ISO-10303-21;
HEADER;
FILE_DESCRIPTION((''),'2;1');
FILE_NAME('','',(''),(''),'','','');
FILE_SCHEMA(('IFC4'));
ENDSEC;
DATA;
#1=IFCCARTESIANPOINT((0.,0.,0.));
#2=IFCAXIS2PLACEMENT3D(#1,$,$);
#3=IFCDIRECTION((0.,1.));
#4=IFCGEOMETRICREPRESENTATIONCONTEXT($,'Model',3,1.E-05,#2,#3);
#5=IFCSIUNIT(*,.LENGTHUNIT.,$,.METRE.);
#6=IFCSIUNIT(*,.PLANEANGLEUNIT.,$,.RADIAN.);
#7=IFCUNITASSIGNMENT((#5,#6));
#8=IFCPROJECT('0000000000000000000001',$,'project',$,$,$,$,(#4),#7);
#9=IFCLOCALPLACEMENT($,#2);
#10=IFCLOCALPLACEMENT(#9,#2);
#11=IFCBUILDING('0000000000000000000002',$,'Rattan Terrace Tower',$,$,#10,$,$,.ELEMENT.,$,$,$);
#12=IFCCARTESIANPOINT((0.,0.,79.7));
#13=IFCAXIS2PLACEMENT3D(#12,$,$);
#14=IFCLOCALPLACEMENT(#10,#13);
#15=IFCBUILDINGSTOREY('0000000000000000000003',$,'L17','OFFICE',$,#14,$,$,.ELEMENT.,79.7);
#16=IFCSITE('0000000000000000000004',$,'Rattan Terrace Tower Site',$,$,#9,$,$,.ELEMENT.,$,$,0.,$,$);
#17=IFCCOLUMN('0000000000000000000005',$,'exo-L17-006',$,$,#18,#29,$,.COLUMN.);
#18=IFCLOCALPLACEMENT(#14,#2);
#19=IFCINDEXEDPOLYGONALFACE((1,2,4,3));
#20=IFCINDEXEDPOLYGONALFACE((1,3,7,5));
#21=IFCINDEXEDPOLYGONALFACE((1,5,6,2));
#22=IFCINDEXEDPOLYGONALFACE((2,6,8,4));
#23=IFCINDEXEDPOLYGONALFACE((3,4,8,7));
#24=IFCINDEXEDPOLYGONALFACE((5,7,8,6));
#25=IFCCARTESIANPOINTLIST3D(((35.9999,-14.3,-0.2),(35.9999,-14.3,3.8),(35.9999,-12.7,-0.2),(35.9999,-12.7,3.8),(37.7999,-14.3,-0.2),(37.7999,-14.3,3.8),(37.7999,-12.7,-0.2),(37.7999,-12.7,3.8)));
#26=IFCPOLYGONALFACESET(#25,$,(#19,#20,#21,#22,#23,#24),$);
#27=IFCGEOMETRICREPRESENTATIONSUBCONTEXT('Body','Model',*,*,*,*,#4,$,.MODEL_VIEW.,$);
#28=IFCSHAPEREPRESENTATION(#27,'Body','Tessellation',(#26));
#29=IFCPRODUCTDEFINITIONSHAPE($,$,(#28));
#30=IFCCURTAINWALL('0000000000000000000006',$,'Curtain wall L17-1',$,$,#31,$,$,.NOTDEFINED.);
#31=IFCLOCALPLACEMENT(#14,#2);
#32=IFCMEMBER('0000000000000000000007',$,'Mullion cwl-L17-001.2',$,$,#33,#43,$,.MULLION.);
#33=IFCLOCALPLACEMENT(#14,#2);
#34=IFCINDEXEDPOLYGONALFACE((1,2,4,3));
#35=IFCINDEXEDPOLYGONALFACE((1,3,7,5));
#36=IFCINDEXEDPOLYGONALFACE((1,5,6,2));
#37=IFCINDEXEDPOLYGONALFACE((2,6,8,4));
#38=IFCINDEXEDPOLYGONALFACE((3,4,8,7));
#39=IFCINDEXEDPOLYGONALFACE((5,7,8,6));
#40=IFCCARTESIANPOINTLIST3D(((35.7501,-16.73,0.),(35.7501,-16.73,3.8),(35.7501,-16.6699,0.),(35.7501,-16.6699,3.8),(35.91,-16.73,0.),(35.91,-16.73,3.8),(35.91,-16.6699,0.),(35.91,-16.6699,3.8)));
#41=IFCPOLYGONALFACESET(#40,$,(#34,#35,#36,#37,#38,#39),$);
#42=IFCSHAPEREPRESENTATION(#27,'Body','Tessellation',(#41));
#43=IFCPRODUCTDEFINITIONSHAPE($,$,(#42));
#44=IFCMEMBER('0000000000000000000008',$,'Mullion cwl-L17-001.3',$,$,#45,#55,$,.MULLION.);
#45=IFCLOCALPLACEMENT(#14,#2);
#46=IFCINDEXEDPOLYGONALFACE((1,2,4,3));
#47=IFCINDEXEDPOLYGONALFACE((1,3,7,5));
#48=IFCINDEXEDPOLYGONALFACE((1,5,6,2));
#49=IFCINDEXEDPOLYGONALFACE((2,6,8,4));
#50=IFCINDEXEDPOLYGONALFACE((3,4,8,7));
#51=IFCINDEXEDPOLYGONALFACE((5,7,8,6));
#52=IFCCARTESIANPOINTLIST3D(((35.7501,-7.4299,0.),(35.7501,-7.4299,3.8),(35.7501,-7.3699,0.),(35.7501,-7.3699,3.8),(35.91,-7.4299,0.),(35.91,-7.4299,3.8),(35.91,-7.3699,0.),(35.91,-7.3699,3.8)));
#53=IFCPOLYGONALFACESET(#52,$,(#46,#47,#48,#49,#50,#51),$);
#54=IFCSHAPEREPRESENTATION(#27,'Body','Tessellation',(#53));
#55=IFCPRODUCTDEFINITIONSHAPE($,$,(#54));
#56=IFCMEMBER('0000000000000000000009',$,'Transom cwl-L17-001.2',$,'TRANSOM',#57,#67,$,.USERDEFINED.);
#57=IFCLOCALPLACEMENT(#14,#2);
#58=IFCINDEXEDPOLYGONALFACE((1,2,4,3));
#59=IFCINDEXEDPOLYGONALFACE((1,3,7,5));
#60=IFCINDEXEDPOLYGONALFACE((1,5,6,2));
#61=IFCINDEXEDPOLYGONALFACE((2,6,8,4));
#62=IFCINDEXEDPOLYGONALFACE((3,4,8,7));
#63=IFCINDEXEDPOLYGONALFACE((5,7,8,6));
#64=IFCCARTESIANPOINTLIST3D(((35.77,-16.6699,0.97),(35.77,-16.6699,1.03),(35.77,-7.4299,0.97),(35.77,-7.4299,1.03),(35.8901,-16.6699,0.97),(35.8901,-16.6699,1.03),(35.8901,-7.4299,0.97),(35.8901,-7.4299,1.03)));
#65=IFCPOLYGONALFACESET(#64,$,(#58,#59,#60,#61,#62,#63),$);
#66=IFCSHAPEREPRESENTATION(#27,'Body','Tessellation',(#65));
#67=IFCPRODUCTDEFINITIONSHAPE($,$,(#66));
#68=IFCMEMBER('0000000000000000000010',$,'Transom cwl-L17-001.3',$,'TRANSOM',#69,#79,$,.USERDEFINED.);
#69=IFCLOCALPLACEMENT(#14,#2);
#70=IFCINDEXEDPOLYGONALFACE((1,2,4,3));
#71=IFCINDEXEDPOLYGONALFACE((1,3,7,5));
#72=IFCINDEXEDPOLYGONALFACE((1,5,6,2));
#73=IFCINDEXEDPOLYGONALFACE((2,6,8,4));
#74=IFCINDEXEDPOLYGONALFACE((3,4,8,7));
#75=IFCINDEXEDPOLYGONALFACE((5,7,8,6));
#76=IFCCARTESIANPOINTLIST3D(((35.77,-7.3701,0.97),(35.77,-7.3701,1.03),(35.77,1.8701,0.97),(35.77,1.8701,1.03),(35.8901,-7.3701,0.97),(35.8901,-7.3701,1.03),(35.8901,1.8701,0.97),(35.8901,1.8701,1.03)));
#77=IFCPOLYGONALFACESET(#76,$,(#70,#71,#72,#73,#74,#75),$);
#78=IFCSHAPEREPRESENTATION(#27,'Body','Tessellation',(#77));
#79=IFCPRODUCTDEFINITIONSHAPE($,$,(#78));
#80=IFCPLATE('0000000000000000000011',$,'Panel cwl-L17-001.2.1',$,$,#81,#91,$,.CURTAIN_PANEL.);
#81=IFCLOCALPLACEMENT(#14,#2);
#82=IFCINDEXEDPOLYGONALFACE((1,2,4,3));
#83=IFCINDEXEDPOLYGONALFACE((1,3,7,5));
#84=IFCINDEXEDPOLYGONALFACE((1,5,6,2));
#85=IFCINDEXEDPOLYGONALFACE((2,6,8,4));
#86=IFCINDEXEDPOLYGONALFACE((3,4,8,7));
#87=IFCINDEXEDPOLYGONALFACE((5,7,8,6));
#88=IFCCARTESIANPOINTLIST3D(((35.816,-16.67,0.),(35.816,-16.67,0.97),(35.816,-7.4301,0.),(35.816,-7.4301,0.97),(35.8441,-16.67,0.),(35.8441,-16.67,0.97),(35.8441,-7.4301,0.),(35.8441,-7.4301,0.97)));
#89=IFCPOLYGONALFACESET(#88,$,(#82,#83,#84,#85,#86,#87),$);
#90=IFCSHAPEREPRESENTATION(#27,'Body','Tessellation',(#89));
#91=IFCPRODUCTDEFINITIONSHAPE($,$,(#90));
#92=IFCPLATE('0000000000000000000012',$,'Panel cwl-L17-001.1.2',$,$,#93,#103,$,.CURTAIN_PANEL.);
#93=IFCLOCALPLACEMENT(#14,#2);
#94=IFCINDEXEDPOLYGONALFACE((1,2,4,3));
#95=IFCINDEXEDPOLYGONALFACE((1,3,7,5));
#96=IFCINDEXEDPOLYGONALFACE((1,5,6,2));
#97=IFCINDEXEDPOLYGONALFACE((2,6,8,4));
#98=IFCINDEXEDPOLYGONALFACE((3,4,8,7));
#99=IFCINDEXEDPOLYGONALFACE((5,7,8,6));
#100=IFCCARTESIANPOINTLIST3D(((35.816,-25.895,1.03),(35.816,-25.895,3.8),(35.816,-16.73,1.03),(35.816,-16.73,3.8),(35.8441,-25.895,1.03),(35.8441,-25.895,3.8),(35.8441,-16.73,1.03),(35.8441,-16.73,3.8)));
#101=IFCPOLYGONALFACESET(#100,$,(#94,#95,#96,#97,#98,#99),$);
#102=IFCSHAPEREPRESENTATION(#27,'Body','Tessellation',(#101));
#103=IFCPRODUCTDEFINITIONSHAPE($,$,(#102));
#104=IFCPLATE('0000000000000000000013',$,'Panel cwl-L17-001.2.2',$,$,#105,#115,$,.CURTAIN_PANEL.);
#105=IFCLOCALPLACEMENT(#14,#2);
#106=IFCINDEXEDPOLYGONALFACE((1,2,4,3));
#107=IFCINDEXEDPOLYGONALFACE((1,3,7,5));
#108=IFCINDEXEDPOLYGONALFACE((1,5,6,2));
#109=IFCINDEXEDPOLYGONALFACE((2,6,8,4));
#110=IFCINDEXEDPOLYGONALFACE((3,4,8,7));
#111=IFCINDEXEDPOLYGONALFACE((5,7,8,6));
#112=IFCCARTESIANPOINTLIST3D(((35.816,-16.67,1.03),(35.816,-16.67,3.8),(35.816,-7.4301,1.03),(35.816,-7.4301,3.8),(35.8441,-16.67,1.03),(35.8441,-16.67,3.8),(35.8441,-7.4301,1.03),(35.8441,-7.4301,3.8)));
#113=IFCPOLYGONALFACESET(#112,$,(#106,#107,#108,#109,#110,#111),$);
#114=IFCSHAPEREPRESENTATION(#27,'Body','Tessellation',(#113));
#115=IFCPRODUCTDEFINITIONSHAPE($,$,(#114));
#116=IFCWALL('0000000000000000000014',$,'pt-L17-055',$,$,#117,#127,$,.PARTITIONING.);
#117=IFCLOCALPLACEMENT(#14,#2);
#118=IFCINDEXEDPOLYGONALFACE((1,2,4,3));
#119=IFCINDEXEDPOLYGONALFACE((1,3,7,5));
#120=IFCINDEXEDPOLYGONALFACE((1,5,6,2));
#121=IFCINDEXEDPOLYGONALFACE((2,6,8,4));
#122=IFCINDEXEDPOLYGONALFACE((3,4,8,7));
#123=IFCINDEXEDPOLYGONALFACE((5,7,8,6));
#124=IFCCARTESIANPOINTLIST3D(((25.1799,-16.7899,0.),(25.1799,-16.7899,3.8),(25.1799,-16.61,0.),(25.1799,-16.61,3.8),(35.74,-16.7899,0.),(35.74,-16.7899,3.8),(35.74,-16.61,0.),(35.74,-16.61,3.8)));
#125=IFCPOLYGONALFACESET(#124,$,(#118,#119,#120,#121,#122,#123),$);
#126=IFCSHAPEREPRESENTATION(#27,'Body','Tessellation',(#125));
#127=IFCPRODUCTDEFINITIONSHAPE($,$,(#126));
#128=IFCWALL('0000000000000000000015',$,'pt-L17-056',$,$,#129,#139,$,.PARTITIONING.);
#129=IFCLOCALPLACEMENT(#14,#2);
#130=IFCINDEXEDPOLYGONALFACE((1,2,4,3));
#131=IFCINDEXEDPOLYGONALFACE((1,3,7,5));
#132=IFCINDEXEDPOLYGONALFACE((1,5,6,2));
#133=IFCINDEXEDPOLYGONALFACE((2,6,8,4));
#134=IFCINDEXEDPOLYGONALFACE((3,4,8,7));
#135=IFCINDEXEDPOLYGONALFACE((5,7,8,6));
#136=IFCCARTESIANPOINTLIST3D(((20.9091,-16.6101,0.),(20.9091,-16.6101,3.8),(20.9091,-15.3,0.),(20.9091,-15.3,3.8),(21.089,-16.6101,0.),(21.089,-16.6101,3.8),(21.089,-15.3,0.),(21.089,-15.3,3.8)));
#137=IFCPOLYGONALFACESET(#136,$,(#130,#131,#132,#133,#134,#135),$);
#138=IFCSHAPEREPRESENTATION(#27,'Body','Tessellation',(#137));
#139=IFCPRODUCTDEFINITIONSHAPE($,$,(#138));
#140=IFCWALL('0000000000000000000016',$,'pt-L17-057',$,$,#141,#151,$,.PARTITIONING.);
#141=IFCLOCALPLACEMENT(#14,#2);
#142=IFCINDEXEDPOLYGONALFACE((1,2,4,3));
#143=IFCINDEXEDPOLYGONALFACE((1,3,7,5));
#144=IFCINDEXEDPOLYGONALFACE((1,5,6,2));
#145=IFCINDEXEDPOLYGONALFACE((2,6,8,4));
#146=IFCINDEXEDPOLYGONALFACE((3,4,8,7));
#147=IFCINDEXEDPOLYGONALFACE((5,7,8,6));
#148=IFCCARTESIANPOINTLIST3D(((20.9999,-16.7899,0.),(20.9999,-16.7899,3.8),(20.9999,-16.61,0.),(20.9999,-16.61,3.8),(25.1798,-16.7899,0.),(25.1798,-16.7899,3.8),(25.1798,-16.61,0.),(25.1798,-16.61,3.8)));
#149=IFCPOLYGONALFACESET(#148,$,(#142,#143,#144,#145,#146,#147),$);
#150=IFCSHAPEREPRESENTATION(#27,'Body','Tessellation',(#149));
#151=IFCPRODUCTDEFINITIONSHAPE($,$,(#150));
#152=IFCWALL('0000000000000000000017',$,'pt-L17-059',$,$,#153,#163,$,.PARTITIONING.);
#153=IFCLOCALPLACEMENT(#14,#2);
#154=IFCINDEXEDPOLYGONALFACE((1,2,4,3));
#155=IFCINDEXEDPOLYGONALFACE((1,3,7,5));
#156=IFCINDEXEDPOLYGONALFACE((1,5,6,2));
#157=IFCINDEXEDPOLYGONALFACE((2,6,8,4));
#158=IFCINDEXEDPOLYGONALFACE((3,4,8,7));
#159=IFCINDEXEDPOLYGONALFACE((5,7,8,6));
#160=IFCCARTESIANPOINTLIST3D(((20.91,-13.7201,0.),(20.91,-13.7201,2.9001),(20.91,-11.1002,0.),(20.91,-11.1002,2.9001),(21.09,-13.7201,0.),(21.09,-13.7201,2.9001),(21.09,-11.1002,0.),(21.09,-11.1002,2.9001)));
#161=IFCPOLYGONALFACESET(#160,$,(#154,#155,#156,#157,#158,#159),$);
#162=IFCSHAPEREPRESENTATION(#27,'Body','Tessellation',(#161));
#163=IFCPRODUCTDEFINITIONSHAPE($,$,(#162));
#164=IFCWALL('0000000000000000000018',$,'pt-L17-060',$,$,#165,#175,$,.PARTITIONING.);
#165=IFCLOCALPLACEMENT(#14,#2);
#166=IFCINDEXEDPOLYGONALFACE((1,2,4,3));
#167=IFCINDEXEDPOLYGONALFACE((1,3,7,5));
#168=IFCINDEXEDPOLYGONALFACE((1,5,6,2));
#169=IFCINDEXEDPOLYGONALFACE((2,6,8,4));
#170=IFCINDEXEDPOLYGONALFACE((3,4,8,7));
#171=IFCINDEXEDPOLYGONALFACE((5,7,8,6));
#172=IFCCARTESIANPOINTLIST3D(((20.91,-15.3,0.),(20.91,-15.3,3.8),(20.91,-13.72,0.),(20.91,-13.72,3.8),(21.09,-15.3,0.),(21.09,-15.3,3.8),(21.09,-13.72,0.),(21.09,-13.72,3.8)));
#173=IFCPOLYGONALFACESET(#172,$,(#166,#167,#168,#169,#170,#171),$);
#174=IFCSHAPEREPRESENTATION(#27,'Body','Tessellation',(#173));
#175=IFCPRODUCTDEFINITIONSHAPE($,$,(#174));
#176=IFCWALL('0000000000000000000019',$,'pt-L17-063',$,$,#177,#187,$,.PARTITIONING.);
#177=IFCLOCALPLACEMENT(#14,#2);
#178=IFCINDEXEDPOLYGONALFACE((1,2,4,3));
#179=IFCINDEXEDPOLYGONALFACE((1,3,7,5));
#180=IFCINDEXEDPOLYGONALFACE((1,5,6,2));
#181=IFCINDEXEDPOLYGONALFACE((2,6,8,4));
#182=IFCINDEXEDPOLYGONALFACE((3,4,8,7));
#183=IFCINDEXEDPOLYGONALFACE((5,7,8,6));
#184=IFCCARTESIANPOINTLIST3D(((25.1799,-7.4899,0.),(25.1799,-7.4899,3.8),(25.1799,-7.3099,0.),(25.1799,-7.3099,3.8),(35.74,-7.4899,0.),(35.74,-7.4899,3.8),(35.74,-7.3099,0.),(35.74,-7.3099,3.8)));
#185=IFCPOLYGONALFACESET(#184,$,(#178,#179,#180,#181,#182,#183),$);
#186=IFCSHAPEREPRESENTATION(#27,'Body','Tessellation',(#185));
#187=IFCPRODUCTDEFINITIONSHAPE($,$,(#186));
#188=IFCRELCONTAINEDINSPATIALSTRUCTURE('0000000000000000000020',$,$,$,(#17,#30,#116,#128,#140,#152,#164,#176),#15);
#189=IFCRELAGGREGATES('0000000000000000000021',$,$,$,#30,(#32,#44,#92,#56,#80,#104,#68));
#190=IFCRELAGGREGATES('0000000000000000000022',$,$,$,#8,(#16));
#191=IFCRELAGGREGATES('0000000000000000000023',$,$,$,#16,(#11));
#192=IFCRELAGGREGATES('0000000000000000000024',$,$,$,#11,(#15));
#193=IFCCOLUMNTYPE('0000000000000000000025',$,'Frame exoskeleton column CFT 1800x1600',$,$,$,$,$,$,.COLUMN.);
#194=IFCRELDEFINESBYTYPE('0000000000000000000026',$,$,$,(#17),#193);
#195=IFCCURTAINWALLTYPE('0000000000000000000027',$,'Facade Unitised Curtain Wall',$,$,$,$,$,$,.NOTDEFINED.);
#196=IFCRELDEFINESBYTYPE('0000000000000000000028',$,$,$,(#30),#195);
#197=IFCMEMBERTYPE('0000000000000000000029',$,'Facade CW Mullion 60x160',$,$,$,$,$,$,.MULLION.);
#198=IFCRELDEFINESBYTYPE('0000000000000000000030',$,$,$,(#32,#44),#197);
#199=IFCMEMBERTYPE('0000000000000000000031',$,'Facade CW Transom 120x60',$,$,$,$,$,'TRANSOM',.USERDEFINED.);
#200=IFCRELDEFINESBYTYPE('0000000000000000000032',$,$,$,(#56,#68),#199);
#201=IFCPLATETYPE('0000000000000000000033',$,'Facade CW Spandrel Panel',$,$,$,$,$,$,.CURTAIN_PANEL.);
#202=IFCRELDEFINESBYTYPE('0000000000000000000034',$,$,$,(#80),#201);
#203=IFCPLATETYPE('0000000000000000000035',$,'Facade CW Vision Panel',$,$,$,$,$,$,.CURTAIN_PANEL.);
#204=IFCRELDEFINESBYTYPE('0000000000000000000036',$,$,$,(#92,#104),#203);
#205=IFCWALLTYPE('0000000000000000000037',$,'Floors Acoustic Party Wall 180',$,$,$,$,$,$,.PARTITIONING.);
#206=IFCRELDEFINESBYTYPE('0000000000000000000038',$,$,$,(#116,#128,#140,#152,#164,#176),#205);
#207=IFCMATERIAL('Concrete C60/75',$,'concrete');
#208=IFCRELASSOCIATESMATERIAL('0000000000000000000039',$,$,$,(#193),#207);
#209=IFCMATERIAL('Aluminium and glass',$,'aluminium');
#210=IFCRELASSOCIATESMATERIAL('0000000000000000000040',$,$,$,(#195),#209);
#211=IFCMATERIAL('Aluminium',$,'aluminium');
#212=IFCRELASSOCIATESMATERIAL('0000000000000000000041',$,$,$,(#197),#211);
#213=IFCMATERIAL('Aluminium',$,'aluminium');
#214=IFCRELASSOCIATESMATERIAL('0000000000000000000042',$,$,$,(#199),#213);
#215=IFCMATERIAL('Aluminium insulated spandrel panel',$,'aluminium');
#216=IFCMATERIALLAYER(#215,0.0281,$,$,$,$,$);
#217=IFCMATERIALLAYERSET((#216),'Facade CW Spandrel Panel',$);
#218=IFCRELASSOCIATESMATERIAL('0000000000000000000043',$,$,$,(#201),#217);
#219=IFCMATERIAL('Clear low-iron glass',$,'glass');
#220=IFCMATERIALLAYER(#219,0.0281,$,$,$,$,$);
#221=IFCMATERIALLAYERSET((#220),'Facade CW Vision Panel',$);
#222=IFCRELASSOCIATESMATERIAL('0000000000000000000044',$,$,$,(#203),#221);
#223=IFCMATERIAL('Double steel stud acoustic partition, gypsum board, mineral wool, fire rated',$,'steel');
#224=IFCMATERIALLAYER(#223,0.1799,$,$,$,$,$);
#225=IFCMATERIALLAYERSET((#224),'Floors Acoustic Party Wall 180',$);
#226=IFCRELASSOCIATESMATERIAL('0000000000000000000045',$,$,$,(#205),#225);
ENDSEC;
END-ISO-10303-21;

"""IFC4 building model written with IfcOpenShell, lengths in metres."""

from ifc_helpers import new_model, si_unit, direction, frame, frame_2d, origin, origin_2d, place, context, subcontext, project, spatial, rectangle, extrude, material, layer, layer_set, material_profile, profile_set, type_object, element, aggregate, save


model = new_model("IFC4")

# Units and contexts
model_context = context("Model", 3, precision=1e-05, world=origin(), true_north=direction((0.0, 1.0)))
body_context = subcontext(model_context, "Body", "Model", "MODEL_VIEW")
ifc_project = project(units=[si_unit("LENGTHUNIT", "METRE"), si_unit("PLANEANGLEUNIT", "RADIAN")], contexts=[model_context])

# Site, building, storey
site_placement = place(None, origin())
site = spatial("IfcSite", under=ifc_project, at=site_placement, Name="Rattan Terrace Tower Site", CompositionType="ELEMENT", RefElevation=0.0)
building_placement = place(site_placement, origin())
building = spatial("IfcBuilding", under=site, at=building_placement, Name="Rattan Terrace Tower", CompositionType="ELEMENT")
storey_placement = place(building_placement, frame((0.0, 0.0, 79.7)))
storey = spatial("IfcBuildingStorey", under=building, at=storey_placement, Name="L17", Description="OFFICE", CompositionType="ELEMENT", Elevation=79.7)

# Column
ifc_material_1 = material(Name="Concrete C60/75", Category="concrete")
ifc_material_profile_1 = material_profile(ifc_material_1, rectangle(XDim=1.6001, YDim=1.8, at=origin_2d()), Name="CFT 1800x1600")
ifc_profile_set_1 = profile_set([ifc_material_profile_1], Name="Concrete C60/75")
column_type = type_object("IfcColumnType", Name="Frame exoskeleton column CFT 1800x1600", PredefinedType="COLUMN", material=ifc_profile_set_1)
column_placement = place(storey_placement, frame((36.8999, -13.5, -0.2), z_axis=(0.0, 0.0, 1.0), x_axis=(0.0, 1.0, 0.0)))
element("IfcColumn", 1, at=column_placement, inside=storey, type_object=column_type, Name="exo-L17-006", PredefinedType="COLUMN", context=body_context, shape_type="SweptSolid", body=[
    extrude(rectangle(XDim=1.6001, YDim=1.8, at=origin_2d()), origin(), (0.0, 0.0, 1.0), 4.0),
])

# Curtain wall, members, plates
ifc_material_2 = material(Name="Aluminium and glass", Category="aluminium")
curtain_wall_type = type_object("IfcCurtainWallType", Name="Facade Unitised Curtain Wall", PredefinedType="NOTDEFINED", material=ifc_material_2)
curtain_wall_placement = place(storey_placement, origin())
curtain_wall = element("IfcCurtainWall", 2, at=curtain_wall_placement, inside=storey, type_object=curtain_wall_type, Name="Curtain wall L17-1", PredefinedType="NOTDEFINED")
ifc_material_3 = material(Name="Aluminium", Category="aluminium")
ifc_material_profile_2 = material_profile(ifc_material_3, rectangle(XDim=0.0601, YDim=0.1599, at=origin_2d()), Name="Aluminium 60x160")
ifc_profile_set_2 = profile_set([ifc_material_profile_2], Name="Aluminium")
member_type_1 = type_object("IfcMemberType", Name="Facade CW Mullion 60x160", PredefinedType="MULLION", material=ifc_profile_set_2)
member_1_placement = place(storey_placement, frame((35.8301, -16.7, 0.0), z_axis=(0.0, 0.0, 1.0), x_axis=(0.0, 1.0, 0.0)))
member_1 = element("IfcMember", 3, at=member_1_placement, type_object=member_type_1, Name="Mullion cwl-L17-001.2", PredefinedType="MULLION", context=body_context, shape_type="SweptSolid", body=[
    extrude(rectangle(XDim=0.0601, YDim=0.1599, at=origin_2d()), origin(), (0.0, 0.0, 1.0), 3.8),
])
member_2_placement = place(storey_placement, frame((35.8301, -7.3999, 0.0), z_axis=(0.0, 0.0, 1.0), x_axis=(0.0, 1.0, 0.0)))
member_2 = element("IfcMember", 4, at=member_2_placement, type_object=member_type_1, Name="Mullion cwl-L17-001.3", PredefinedType="MULLION", context=body_context, shape_type="SweptSolid", body=[
    extrude(rectangle(XDim=0.0601, YDim=0.1599, at=origin_2d()), origin(), (0.0, 0.0, 1.0), 3.8),
])
ifc_material_4 = material(Name="Aluminium", Category="aluminium")
ifc_material_profile_3 = material_profile(ifc_material_4, rectangle(XDim=0.1201, YDim=0.0601, at=origin_2d()), Name="Aluminium 120x60")
ifc_profile_set_3 = profile_set([ifc_material_profile_3], Name="Aluminium")
member_type_2 = type_object("IfcMemberType", Name="Facade CW Transom 120x60", ElementType="TRANSOM", PredefinedType="USERDEFINED", material=ifc_profile_set_3)
member_3_placement = place(storey_placement, frame((35.8301, -16.6699, 1.0), z_axis=(0.0, 1.0, 0.0), x_axis=(-1.0, 0.0, 0.0)))
member_3 = element("IfcMember", 5, at=member_3_placement, type_object=member_type_2, Name="Transom cwl-L17-001.2", ObjectType="TRANSOM", PredefinedType="USERDEFINED", context=body_context, shape_type="SweptSolid", body=[
    extrude(rectangle(XDim=0.1201, YDim=0.0601, at=origin_2d()), origin(), (0.0, 0.0, 1.0), 9.24),
])
member_4_placement = place(storey_placement, frame((35.8301, -7.3701, 1.0), z_axis=(0.0, 1.0, 0.0), x_axis=(-1.0, 0.0, 0.0)))
member_4 = element("IfcMember", 6, at=member_4_placement, type_object=member_type_2, Name="Transom cwl-L17-001.3", ObjectType="TRANSOM", PredefinedType="USERDEFINED", context=body_context, shape_type="SweptSolid", body=[
    extrude(rectangle(XDim=0.1201, YDim=0.0601, at=origin_2d()), origin(), (0.0, 0.0, 1.0), 9.2402),
])
ifc_material_5 = material(Name="Aluminium insulated spandrel panel", Category="aluminium")
ifc_layer_1 = layer(ifc_material_5, 0.0281)
ifc_layer_set_1 = layer_set([ifc_layer_1], Name="Facade CW Spandrel Panel")
plate_type_1 = type_object("IfcPlateType", Name="Facade CW Spandrel Panel", PredefinedType="CURTAIN_PANEL", material=ifc_layer_set_1)
plate_1_placement = place(storey_placement, frame((35.8301, -12.05, 0.0), z_axis=(0.0, 0.0, 1.0), x_axis=(0.0, 1.0, 0.0)))
plate_1 = element("IfcPlate", 7, at=plate_1_placement, type_object=plate_type_1, Name="Panel cwl-L17-001.2.1", PredefinedType="CURTAIN_PANEL", context=body_context, shape_type="SweptSolid", body=[
    extrude(rectangle(XDim=9.24, YDim=0.0281, at=origin_2d()), origin(), (0.0, 0.0, 1.0), 0.97),
])
ifc_material_6 = material(Name="Clear low-iron glass", Category="glass")
ifc_layer_2 = layer(ifc_material_6, 0.0281)
ifc_layer_set_2 = layer_set([ifc_layer_2], Name="Facade CW Vision Panel")
plate_type_2 = type_object("IfcPlateType", Name="Facade CW Vision Panel", PredefinedType="CURTAIN_PANEL", material=ifc_layer_set_2)
plate_2_placement = place(storey_placement, frame((35.8301, -21.3125, 1.03), z_axis=(0.0, 0.0, 1.0), x_axis=(0.0, 1.0, 0.0)))
plate_2 = element("IfcPlate", 8, at=plate_2_placement, type_object=plate_type_2, Name="Panel cwl-L17-001.1.2", PredefinedType="CURTAIN_PANEL", context=body_context, shape_type="SweptSolid", body=[
    extrude(rectangle(XDim=9.165, YDim=0.0281, at=origin_2d()), origin(), (0.0, 0.0, 1.0), 2.77),
])
plate_3_placement = place(storey_placement, frame((35.8301, -12.05, 1.03), z_axis=(0.0, 0.0, 1.0), x_axis=(0.0, 1.0, 0.0)))
plate_3 = element("IfcPlate", 9, at=plate_3_placement, type_object=plate_type_2, Name="Panel cwl-L17-001.2.2", PredefinedType="CURTAIN_PANEL", context=body_context, shape_type="SweptSolid", body=[
    extrude(rectangle(XDim=9.24, YDim=0.0281, at=origin_2d()), origin(), (0.0, 0.0, 1.0), 2.77),
])
aggregate(curtain_wall, [member_1, member_2, plate_2, member_3, plate_1, plate_3, member_4])

# Walls
ifc_material_7 = material(Name="Double steel stud acoustic partition, gypsum board, mineral wool, fire rated", Category="steel")
ifc_layer_3 = layer(ifc_material_7, 0.1799)
ifc_layer_set_3 = layer_set([ifc_layer_3], Name="Floors Acoustic Party Wall 180")
wall_type_1 = type_object("IfcWallType", Name="Floors Acoustic Party Wall 180", PredefinedType="PARTITIONING", material=ifc_layer_set_3)
wall_1_placement = place(storey_placement, frame((25.1799, -16.7, 0.0), z_axis=(0.0, 0.0, 1.0), x_axis=(1.0, 0.0, 0.0)))
element("IfcWall", 10, at=wall_1_placement, inside=storey, type_object=wall_type_1, Name="pt-L17-055", PredefinedType="PARTITIONING", context=body_context, shape_type="SweptSolid", body=[
    extrude(rectangle(XDim=10.5601, YDim=0.1799, at=frame_2d((5.28, 0.0))), origin(), (0.0, 0.0, 1.0), 3.8),
])
wall_2_placement = place(storey_placement, frame((20.999, -15.3, 0.0), z_axis=(0.0, 0.0, 1.0), x_axis=(0.0, -1.0, 0.0)))
element("IfcWall", 11, at=wall_2_placement, inside=storey, type_object=wall_type_1, Name="pt-L17-056", PredefinedType="PARTITIONING", context=body_context, shape_type="SweptSolid", body=[
    extrude(rectangle(XDim=1.3101, YDim=0.1799, at=frame_2d((0.655, 0.0))), origin(), (0.0, 0.0, 1.0), 3.8),
])
wall_3_placement = place(storey_placement, frame((21.0, -16.7, 0.0), z_axis=(0.0, 0.0, 1.0), x_axis=(1.0, 0.0, 0.0)))
element("IfcWall", 12, at=wall_3_placement, inside=storey, type_object=wall_type_1, Name="pt-L17-057", PredefinedType="PARTITIONING", context=body_context, shape_type="SweptSolid", body=[
    extrude(rectangle(XDim=4.1799, YDim=0.1799, at=frame_2d((2.0898, 0.0))), origin(), (0.0, 0.0, 1.0), 3.8),
])
wall_4_placement = place(storey_placement, frame((21.0, -11.1001, 0.0), z_axis=(0.0, 0.0, 1.0), x_axis=(0.0, -1.0, 0.0)))
element("IfcWall", 13, at=wall_4_placement, inside=storey, type_object=wall_type_1, Name="pt-L17-059", PredefinedType="PARTITIONING", context=body_context, shape_type="SweptSolid", body=[
    extrude(rectangle(XDim=2.6199, YDim=0.1799, at=frame_2d((1.3101, 0.0))), origin(), (0.0, 0.0, 1.0), 2.9001),
])
wall_5_placement = place(storey_placement, frame((21.0, -13.72, 0.0), z_axis=(0.0, 0.0, 1.0), x_axis=(0.0, -1.0, 0.0)))
element("IfcWall", 14, at=wall_5_placement, inside=storey, type_object=wall_type_1, Name="pt-L17-060", PredefinedType="PARTITIONING", context=body_context, shape_type="SweptSolid", body=[
    extrude(rectangle(XDim=1.5801, YDim=0.1799, at=frame_2d((0.79, 0.0))), origin(), (0.0, 0.0, 1.0), 3.8),
])
wall_6_placement = place(storey_placement, frame((25.1799, -7.3999, 0.0), z_axis=(0.0, 0.0, 1.0), x_axis=(1.0, 0.0, 0.0)))
element("IfcWall", 15, at=wall_6_placement, inside=storey, type_object=wall_type_1, Name="pt-L17-063", PredefinedType="PARTITIONING", context=body_context, shape_type="SweptSolid", body=[
    extrude(rectangle(XDim=10.5601, YDim=0.1799, at=frame_2d((5.28, 0.0))), origin(), (0.0, 0.0, 1.0), 3.8),
])

save(model, "model.ifc")
